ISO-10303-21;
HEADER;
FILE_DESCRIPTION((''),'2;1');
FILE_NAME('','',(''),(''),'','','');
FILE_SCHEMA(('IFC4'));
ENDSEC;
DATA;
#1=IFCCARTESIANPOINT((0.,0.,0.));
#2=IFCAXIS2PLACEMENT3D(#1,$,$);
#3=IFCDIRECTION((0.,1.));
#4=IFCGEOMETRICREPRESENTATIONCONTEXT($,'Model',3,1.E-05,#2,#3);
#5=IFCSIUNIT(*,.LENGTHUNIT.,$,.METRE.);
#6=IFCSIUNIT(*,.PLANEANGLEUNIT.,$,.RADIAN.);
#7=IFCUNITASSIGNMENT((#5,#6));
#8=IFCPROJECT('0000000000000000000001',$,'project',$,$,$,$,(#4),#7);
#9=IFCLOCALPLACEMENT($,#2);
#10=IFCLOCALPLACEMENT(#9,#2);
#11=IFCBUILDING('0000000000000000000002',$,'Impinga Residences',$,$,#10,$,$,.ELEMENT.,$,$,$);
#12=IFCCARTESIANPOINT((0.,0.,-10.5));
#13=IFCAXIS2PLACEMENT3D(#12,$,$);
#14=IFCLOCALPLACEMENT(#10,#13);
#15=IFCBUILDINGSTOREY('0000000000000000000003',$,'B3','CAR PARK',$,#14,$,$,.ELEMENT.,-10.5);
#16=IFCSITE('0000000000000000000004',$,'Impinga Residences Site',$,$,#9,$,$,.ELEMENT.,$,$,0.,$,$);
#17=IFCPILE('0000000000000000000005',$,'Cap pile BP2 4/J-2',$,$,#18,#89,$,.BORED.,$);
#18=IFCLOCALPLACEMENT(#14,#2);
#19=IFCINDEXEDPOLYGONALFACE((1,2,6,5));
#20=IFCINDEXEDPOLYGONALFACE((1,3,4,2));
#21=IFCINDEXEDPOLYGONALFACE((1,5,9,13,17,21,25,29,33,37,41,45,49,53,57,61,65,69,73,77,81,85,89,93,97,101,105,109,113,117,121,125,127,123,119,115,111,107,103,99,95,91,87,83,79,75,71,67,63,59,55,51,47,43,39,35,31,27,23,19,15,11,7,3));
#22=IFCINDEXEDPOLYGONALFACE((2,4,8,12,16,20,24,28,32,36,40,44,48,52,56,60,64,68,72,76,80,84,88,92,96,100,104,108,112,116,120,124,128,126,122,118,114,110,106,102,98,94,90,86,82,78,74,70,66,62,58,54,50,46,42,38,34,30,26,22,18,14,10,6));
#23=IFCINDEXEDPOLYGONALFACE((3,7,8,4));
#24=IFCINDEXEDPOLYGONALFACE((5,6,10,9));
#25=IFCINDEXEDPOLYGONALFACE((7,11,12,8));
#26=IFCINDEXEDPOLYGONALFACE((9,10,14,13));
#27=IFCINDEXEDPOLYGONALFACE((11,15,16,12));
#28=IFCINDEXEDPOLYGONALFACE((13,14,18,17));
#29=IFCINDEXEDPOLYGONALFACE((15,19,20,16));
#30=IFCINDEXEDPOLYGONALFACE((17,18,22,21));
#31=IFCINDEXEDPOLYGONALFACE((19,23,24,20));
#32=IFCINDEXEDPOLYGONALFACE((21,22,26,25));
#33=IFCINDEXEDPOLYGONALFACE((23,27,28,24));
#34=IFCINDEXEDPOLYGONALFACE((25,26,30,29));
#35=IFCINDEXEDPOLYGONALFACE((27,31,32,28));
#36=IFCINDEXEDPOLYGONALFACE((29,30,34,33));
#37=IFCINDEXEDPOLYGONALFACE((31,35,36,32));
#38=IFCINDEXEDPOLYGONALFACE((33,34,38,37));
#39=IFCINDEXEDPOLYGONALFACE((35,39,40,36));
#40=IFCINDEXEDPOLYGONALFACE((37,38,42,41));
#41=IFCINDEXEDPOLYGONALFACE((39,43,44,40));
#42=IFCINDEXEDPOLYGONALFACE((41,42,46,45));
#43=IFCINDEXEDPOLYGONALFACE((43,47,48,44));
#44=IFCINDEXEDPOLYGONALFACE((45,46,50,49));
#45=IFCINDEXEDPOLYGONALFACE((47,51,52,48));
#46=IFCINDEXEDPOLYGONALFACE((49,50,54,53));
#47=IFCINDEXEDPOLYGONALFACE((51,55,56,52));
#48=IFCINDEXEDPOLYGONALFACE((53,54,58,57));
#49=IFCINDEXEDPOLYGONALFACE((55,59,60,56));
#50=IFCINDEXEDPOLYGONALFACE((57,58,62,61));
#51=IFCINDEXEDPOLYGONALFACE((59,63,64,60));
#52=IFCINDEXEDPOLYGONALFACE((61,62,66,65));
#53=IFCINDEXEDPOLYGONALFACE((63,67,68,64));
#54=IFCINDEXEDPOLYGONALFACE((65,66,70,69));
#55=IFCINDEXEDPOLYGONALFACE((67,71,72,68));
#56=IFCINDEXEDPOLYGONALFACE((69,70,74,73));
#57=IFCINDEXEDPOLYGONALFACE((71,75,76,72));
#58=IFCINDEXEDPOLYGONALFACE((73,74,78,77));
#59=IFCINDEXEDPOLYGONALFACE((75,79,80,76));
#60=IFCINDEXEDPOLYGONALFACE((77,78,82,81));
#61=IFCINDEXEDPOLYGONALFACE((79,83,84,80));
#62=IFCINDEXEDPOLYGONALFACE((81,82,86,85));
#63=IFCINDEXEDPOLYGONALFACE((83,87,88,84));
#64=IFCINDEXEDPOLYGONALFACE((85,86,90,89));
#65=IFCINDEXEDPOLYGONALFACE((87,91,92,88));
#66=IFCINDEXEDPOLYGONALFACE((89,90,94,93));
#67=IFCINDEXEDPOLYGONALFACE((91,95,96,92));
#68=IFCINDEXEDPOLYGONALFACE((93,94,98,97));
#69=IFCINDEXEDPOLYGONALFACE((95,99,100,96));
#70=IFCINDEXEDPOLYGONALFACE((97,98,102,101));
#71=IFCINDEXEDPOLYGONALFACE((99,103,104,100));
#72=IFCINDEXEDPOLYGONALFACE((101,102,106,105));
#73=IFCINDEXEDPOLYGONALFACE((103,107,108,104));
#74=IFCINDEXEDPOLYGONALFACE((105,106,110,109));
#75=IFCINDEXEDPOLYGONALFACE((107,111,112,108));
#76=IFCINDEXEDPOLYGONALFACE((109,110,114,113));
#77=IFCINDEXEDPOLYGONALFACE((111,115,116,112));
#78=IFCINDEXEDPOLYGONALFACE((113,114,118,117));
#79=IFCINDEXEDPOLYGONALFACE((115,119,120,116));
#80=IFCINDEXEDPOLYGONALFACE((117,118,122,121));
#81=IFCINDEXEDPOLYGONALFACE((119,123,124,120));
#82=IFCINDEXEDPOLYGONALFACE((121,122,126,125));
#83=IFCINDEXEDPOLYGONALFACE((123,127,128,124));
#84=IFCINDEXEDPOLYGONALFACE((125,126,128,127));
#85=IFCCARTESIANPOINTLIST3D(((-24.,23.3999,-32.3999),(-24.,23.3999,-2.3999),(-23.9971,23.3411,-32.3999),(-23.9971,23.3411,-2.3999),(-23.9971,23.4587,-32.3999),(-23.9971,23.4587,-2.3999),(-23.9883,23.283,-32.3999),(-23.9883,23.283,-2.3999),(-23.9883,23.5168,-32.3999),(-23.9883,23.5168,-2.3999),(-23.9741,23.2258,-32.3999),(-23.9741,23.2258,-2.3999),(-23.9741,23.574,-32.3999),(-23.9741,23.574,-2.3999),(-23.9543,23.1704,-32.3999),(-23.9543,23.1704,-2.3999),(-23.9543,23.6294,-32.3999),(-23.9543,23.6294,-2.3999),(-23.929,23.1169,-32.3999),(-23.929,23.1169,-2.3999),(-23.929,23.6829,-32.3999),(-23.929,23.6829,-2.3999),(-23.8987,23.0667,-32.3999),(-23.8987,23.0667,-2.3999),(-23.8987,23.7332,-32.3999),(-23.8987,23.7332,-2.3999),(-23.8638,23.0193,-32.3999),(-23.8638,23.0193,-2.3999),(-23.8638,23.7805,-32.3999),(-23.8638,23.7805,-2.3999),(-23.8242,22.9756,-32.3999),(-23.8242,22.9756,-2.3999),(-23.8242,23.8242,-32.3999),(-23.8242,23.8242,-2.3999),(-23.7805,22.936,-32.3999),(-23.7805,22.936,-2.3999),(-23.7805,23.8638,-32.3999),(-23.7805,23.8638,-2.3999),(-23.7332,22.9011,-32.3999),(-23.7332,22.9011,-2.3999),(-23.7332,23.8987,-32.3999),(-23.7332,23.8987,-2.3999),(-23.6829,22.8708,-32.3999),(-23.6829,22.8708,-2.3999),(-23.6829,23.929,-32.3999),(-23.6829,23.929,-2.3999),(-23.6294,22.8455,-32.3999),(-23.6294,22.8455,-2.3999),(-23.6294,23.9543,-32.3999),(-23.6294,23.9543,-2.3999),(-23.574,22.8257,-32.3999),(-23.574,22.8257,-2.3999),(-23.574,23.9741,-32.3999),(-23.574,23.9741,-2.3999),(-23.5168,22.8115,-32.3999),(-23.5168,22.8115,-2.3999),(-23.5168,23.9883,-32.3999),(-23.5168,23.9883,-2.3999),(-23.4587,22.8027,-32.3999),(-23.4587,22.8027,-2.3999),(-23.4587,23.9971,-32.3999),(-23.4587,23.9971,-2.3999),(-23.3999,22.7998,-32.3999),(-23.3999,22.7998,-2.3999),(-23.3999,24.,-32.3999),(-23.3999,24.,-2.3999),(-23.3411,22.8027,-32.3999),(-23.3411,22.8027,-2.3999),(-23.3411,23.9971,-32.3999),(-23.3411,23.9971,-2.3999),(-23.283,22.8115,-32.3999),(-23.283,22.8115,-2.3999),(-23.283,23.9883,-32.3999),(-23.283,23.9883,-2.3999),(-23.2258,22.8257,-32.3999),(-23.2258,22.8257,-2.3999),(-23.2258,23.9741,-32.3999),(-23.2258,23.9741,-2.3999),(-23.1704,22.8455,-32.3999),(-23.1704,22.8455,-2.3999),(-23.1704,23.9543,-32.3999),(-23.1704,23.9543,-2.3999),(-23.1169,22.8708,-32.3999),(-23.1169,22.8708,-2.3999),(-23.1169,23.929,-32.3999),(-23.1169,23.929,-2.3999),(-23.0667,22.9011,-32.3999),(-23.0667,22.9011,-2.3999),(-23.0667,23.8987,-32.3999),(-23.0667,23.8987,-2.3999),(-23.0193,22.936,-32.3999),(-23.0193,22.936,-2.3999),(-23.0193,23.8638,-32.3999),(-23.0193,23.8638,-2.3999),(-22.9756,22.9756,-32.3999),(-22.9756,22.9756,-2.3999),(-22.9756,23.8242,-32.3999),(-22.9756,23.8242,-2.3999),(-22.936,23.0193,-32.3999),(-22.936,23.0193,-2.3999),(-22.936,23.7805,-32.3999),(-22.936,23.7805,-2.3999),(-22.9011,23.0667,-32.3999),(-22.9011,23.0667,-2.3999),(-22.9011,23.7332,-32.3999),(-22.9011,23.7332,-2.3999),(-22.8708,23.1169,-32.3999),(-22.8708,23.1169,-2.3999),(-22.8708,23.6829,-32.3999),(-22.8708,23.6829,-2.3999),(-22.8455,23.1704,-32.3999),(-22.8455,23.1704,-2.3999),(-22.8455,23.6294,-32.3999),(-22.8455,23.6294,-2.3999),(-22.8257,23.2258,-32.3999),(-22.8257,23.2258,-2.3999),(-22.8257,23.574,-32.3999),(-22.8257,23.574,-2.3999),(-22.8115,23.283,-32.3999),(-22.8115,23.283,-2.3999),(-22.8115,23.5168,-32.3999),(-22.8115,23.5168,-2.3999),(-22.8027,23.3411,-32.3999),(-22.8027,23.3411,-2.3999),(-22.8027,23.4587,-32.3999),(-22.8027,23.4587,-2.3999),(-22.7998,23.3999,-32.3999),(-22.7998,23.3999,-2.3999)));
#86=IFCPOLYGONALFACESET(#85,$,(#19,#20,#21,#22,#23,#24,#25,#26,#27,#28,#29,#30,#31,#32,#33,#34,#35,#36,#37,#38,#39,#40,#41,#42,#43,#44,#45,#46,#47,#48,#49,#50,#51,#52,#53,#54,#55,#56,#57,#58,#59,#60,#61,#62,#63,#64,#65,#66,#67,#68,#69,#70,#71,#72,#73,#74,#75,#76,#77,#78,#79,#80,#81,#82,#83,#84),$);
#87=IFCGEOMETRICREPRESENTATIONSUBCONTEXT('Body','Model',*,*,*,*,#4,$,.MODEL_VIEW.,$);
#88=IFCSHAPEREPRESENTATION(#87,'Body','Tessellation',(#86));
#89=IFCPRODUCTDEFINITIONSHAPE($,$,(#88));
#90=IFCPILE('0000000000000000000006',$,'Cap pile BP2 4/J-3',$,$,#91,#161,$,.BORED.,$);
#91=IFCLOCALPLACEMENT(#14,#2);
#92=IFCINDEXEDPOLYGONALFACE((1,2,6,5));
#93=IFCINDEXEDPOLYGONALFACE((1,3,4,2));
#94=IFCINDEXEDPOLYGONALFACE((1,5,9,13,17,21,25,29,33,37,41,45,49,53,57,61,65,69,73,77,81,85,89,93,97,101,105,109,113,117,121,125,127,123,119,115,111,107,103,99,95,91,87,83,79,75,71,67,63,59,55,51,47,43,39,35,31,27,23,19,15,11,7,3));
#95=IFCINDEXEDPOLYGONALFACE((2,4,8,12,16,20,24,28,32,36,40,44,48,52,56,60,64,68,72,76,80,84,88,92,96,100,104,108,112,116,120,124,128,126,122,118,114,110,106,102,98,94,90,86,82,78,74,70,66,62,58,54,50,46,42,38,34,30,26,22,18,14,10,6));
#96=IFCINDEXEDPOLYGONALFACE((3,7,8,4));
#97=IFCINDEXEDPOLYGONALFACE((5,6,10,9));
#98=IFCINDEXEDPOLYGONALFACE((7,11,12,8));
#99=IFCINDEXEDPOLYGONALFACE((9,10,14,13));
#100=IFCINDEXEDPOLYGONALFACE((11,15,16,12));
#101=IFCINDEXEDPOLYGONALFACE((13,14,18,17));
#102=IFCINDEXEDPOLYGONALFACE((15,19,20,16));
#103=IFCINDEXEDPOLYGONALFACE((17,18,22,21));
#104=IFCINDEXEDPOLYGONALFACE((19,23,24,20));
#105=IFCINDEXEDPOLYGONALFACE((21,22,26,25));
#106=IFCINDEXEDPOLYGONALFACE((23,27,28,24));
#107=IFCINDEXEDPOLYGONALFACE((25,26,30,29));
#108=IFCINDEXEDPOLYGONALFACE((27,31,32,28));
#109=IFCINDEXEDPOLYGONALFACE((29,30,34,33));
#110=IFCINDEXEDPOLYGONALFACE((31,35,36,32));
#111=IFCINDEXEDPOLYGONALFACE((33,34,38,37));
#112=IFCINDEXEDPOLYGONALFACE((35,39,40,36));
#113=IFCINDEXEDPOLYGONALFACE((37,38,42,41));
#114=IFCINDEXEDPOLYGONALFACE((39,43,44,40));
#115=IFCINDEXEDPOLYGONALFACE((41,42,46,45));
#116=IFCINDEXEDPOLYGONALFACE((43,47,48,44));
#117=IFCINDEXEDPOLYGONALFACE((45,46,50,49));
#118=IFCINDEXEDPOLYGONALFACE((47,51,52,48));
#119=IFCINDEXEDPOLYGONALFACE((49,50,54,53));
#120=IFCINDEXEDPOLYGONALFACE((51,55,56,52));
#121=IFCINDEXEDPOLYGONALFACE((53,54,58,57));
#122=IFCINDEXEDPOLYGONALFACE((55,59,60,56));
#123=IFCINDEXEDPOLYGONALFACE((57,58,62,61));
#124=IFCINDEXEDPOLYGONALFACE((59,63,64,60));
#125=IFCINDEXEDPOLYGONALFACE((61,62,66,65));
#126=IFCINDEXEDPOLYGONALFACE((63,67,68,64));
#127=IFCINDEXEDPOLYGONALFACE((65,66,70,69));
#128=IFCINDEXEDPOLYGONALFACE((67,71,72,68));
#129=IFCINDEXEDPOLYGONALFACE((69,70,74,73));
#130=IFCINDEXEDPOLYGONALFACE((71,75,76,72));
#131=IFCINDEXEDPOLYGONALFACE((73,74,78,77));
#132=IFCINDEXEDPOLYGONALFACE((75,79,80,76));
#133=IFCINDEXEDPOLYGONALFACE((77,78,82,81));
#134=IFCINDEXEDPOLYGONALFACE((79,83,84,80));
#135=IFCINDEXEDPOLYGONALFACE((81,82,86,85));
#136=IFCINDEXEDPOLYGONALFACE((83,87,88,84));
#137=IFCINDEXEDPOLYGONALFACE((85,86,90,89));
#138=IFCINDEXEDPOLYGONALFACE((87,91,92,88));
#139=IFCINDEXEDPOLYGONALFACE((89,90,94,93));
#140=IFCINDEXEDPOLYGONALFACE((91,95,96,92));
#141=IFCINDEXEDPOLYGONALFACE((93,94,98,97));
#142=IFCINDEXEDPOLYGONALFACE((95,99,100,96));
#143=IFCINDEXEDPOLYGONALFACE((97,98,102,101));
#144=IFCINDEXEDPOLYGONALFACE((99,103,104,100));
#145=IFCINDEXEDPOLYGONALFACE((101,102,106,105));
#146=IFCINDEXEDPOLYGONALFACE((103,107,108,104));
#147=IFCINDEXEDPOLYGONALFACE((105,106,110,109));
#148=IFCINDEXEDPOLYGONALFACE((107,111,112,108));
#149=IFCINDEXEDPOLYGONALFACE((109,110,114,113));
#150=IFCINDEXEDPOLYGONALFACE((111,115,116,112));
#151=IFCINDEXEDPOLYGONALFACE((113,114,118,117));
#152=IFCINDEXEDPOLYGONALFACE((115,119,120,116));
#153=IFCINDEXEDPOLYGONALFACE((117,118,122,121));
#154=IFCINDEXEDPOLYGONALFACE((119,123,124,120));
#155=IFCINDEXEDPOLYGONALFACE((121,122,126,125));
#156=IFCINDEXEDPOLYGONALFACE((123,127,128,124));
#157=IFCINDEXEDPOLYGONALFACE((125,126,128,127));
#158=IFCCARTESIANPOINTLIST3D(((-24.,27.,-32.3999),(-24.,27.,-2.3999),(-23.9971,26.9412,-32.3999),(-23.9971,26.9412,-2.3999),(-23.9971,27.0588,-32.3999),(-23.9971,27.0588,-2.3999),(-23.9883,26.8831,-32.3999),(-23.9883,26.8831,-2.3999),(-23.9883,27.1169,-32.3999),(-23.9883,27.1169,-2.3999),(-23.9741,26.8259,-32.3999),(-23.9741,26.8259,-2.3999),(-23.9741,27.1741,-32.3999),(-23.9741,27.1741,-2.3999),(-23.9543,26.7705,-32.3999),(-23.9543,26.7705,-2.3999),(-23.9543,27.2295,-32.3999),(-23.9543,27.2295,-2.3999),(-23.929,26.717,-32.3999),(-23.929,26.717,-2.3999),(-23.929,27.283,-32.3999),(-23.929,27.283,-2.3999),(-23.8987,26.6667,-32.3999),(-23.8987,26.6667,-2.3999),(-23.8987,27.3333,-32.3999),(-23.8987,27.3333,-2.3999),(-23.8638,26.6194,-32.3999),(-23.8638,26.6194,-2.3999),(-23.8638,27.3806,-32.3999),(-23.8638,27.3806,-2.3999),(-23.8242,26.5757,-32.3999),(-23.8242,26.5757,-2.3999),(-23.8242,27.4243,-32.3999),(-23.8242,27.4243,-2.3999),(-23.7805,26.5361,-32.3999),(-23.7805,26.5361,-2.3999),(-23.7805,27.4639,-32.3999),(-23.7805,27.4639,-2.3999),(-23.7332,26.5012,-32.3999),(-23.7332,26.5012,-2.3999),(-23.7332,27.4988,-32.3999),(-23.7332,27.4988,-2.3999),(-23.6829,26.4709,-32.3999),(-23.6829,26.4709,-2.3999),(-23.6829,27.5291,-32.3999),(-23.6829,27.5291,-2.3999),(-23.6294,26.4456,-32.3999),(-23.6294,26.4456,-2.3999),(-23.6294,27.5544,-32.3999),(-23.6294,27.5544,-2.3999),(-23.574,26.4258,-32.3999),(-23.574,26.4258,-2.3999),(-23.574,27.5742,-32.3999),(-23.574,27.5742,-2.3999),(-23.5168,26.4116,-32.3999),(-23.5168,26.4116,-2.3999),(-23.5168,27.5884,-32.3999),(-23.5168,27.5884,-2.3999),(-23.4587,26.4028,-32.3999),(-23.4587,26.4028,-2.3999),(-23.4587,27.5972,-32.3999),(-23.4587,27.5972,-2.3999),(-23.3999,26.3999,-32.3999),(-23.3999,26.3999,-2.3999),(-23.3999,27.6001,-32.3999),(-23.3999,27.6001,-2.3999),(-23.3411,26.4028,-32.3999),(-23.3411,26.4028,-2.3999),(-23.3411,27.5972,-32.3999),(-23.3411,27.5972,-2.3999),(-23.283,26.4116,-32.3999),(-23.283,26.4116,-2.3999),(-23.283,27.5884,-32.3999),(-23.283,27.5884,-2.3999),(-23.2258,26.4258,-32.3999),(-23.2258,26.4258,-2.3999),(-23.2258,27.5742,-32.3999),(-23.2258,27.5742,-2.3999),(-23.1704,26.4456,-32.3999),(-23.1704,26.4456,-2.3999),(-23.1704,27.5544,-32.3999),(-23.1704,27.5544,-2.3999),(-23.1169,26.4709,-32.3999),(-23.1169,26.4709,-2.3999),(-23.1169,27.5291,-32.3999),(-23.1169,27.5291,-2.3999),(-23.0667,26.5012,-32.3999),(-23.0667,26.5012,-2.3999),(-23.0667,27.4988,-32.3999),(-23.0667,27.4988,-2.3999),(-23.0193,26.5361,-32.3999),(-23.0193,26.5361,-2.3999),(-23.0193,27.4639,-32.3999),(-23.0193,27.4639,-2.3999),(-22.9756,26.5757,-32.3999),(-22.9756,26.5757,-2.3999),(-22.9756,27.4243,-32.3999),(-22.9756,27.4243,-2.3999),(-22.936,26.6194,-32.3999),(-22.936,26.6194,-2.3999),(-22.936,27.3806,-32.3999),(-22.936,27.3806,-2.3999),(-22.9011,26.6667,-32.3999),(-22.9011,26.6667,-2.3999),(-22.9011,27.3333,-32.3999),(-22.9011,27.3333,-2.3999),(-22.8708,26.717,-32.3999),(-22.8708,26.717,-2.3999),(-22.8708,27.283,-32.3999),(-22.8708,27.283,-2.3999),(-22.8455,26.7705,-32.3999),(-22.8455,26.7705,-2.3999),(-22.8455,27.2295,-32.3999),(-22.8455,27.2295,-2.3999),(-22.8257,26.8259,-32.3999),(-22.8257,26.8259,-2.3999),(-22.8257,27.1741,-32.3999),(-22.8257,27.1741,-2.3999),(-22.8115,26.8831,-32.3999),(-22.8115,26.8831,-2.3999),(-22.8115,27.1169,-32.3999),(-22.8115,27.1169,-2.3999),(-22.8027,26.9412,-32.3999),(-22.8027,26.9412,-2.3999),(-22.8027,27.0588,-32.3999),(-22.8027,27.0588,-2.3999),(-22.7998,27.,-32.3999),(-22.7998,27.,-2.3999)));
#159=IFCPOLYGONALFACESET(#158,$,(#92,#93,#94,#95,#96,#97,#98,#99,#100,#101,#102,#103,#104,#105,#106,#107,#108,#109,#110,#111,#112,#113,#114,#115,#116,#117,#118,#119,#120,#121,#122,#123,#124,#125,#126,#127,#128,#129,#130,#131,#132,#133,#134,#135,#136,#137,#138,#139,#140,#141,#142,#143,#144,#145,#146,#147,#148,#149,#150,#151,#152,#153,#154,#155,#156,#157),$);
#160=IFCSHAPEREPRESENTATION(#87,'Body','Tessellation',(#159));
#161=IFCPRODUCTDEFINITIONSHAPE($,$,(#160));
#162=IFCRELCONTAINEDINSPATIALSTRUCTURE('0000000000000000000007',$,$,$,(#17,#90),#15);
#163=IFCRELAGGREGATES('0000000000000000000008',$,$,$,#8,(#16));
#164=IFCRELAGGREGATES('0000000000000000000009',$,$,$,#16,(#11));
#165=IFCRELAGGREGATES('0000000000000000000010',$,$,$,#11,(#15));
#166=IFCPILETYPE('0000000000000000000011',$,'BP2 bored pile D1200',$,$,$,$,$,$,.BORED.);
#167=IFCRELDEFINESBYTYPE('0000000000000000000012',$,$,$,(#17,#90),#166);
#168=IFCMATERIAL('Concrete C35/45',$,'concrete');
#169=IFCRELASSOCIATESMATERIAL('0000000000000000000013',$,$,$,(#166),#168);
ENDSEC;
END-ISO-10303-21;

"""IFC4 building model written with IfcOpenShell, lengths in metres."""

from ifc_helpers import new_model, si_unit, direction, frame, origin, origin_2d, place, context, subcontext, project, spatial, polyline, circle, outline, extrude, material, material_profile, profile_set, type_object, element, save


model = new_model("IFC4")

# Units and contexts
model_context = context("Model", 3, precision=1e-05, world=origin(), true_north=direction((0.0, 1.0)))
body_context = subcontext(model_context, "Body", "Model", "MODEL_VIEW")
ifc_project = project(units=[si_unit("LENGTHUNIT", "METRE"), si_unit("PLANEANGLEUNIT", "RADIAN")], contexts=[model_context])

# Site, building, storey
site_placement = place(None, origin())
site = spatial("IfcSite", under=ifc_project, at=site_placement, Name="Impinga Residences Site", CompositionType="ELEMENT", RefElevation=0.0)
building_placement = place(site_placement, origin())
building = spatial("IfcBuilding", under=site, at=building_placement, Name="Impinga Residences", CompositionType="ELEMENT")
storey_placement = place(building_placement, frame((0.0, 0.0, -10.5)))
storey = spatial("IfcBuildingStorey", under=building, at=storey_placement, Name="B3", Description="CAR PARK", CompositionType="ELEMENT", Elevation=-10.5)

# Piles
ifc_material_1 = material(Name="Concrete C35/45", Category="concrete")
ifc_material_profile_1 = material_profile(ifc_material_1, circle(Radius=0.6001, at=origin_2d()), Name="D1200")
ifc_profile_set_1 = profile_set([ifc_material_profile_1], Name="Concrete C35/45")
pile_type_1 = type_object("IfcPileType", Name="BP2 bored pile D1200", PredefinedType="BORED", material=ifc_profile_set_1)
pile_1_placement = place(storey_placement, frame((-23.3999, 23.3999, -2.3999), z_axis=(0.0, 0.0, -1.0), x_axis=(1.0, 0.0, 0.0)))
element("IfcPile", 1, at=pile_1_placement, inside=storey, type_object=pile_type_1, Name="Cap pile BP2 4/J-2", PredefinedType="BORED", context=body_context, shape_type="SweptSolid", body=[
    extrude(outline(polyline([(0.6001, 0.0), (0.5972, 0.0588), (0.5884, 0.1169), (0.5742, 0.1741), (0.5544, 0.2295), (0.5291, 0.283), (0.4988, 0.3333), (0.4639, 0.3806), (0.4243, 0.4243), (0.3806, 0.4639), (0.3333, 0.4988), (0.283, 0.5291), (0.2295, 0.5544), (0.1741, 0.5742), (0.1169, 0.5884), (0.0588, 0.5972), (0.0, 0.6001), (-0.0588, 0.5972), (-0.1169, 0.5884), (-0.1741, 0.5742), (-0.2295, 0.5544), (-0.283, 0.5291), (-0.3333, 0.4988), (-0.3806, 0.4639), (-0.4243, 0.4243), (-0.4639, 0.3806), (-0.4988, 0.3333), (-0.5291, 0.283), (-0.5544, 0.2295), (-0.5742, 0.1741), (-0.5884, 0.1169), (-0.5972, 0.0588), (-0.6001, 0.0), (-0.5972, -0.0588), (-0.5884, -0.1169), (-0.5742, -0.1741), (-0.5544, -0.2295), (-0.5291, -0.283), (-0.4988, -0.3333), (-0.4639, -0.3806), (-0.4243, -0.4243), (-0.3806, -0.4639), (-0.3333, -0.4988), (-0.283, -0.5291), (-0.2295, -0.5544), (-0.1741, -0.5742), (-0.1169, -0.5884), (-0.0588, -0.5972), (0.0, -0.6001), (0.0588, -0.5972), (0.1169, -0.5884), (0.1741, -0.5742), (0.2295, -0.5544), (0.283, -0.5291), (0.3333, -0.4988), (0.3806, -0.4639), (0.4243, -0.4243), (0.4639, -0.3806), (0.4988, -0.3333), (0.5291, -0.283), (0.5544, -0.2295), (0.5742, -0.1741), (0.5884, -0.1169), (0.5972, -0.0588), (0.6001, 0.0)])), origin(), (0.0, 0.0, 1.0), 30.0),
])
pile_2_placement = place(storey_placement, frame((-23.3999, 27.0, -2.3999), z_axis=(0.0, 0.0, -1.0), x_axis=(1.0, 0.0, 0.0)))
element("IfcPile", 2, at=pile_2_placement, inside=storey, type_object=pile_type_1, Name="Cap pile BP2 4/J-3", PredefinedType="BORED", context=body_context, shape_type="SweptSolid", body=[
    extrude(outline(polyline([(0.6001, 0.0), (0.5972, 0.0588), (0.5884, 0.1169), (0.5742, 0.1741), (0.5544, 0.2295), (0.5291, 0.283), (0.4988, 0.3333), (0.4639, 0.3806), (0.4243, 0.4243), (0.3806, 0.4639), (0.3333, 0.4988), (0.283, 0.5291), (0.2295, 0.5544), (0.1741, 0.5742), (0.1169, 0.5884), (0.0588, 0.5972), (0.0, 0.6001), (-0.0588, 0.5972), (-0.1169, 0.5884), (-0.1741, 0.5742), (-0.2295, 0.5544), (-0.283, 0.5291), (-0.3333, 0.4988), (-0.3806, 0.4639), (-0.4243, 0.4243), (-0.4639, 0.3806), (-0.4988, 0.3333), (-0.5291, 0.283), (-0.5544, 0.2295), (-0.5742, 0.1741), (-0.5884, 0.1169), (-0.5972, 0.0588), (-0.6001, 0.0), (-0.5972, -0.0588), (-0.5884, -0.1169), (-0.5742, -0.1741), (-0.5544, -0.2295), (-0.5291, -0.283), (-0.4988, -0.3333), (-0.4639, -0.3806), (-0.4243, -0.4243), (-0.3806, -0.4639), (-0.3333, -0.4988), (-0.283, -0.5291), (-0.2295, -0.5544), (-0.1741, -0.5742), (-0.1169, -0.5884), (-0.0588, -0.5972), (0.0, -0.6001), (0.0588, -0.5972), (0.1169, -0.5884), (0.1741, -0.5742), (0.2295, -0.5544), (0.283, -0.5291), (0.3333, -0.4988), (0.3806, -0.4639), (0.4243, -0.4243), (0.4639, -0.3806), (0.4988, -0.3333), (0.5291, -0.283), (0.5544, -0.2295), (0.5742, -0.1741), (0.5884, -0.1169), (0.5972, -0.0588), (0.6001, 0.0)])), origin(), (0.0, 0.0, 1.0), 30.0),
])

save(model, "model.ifc")
